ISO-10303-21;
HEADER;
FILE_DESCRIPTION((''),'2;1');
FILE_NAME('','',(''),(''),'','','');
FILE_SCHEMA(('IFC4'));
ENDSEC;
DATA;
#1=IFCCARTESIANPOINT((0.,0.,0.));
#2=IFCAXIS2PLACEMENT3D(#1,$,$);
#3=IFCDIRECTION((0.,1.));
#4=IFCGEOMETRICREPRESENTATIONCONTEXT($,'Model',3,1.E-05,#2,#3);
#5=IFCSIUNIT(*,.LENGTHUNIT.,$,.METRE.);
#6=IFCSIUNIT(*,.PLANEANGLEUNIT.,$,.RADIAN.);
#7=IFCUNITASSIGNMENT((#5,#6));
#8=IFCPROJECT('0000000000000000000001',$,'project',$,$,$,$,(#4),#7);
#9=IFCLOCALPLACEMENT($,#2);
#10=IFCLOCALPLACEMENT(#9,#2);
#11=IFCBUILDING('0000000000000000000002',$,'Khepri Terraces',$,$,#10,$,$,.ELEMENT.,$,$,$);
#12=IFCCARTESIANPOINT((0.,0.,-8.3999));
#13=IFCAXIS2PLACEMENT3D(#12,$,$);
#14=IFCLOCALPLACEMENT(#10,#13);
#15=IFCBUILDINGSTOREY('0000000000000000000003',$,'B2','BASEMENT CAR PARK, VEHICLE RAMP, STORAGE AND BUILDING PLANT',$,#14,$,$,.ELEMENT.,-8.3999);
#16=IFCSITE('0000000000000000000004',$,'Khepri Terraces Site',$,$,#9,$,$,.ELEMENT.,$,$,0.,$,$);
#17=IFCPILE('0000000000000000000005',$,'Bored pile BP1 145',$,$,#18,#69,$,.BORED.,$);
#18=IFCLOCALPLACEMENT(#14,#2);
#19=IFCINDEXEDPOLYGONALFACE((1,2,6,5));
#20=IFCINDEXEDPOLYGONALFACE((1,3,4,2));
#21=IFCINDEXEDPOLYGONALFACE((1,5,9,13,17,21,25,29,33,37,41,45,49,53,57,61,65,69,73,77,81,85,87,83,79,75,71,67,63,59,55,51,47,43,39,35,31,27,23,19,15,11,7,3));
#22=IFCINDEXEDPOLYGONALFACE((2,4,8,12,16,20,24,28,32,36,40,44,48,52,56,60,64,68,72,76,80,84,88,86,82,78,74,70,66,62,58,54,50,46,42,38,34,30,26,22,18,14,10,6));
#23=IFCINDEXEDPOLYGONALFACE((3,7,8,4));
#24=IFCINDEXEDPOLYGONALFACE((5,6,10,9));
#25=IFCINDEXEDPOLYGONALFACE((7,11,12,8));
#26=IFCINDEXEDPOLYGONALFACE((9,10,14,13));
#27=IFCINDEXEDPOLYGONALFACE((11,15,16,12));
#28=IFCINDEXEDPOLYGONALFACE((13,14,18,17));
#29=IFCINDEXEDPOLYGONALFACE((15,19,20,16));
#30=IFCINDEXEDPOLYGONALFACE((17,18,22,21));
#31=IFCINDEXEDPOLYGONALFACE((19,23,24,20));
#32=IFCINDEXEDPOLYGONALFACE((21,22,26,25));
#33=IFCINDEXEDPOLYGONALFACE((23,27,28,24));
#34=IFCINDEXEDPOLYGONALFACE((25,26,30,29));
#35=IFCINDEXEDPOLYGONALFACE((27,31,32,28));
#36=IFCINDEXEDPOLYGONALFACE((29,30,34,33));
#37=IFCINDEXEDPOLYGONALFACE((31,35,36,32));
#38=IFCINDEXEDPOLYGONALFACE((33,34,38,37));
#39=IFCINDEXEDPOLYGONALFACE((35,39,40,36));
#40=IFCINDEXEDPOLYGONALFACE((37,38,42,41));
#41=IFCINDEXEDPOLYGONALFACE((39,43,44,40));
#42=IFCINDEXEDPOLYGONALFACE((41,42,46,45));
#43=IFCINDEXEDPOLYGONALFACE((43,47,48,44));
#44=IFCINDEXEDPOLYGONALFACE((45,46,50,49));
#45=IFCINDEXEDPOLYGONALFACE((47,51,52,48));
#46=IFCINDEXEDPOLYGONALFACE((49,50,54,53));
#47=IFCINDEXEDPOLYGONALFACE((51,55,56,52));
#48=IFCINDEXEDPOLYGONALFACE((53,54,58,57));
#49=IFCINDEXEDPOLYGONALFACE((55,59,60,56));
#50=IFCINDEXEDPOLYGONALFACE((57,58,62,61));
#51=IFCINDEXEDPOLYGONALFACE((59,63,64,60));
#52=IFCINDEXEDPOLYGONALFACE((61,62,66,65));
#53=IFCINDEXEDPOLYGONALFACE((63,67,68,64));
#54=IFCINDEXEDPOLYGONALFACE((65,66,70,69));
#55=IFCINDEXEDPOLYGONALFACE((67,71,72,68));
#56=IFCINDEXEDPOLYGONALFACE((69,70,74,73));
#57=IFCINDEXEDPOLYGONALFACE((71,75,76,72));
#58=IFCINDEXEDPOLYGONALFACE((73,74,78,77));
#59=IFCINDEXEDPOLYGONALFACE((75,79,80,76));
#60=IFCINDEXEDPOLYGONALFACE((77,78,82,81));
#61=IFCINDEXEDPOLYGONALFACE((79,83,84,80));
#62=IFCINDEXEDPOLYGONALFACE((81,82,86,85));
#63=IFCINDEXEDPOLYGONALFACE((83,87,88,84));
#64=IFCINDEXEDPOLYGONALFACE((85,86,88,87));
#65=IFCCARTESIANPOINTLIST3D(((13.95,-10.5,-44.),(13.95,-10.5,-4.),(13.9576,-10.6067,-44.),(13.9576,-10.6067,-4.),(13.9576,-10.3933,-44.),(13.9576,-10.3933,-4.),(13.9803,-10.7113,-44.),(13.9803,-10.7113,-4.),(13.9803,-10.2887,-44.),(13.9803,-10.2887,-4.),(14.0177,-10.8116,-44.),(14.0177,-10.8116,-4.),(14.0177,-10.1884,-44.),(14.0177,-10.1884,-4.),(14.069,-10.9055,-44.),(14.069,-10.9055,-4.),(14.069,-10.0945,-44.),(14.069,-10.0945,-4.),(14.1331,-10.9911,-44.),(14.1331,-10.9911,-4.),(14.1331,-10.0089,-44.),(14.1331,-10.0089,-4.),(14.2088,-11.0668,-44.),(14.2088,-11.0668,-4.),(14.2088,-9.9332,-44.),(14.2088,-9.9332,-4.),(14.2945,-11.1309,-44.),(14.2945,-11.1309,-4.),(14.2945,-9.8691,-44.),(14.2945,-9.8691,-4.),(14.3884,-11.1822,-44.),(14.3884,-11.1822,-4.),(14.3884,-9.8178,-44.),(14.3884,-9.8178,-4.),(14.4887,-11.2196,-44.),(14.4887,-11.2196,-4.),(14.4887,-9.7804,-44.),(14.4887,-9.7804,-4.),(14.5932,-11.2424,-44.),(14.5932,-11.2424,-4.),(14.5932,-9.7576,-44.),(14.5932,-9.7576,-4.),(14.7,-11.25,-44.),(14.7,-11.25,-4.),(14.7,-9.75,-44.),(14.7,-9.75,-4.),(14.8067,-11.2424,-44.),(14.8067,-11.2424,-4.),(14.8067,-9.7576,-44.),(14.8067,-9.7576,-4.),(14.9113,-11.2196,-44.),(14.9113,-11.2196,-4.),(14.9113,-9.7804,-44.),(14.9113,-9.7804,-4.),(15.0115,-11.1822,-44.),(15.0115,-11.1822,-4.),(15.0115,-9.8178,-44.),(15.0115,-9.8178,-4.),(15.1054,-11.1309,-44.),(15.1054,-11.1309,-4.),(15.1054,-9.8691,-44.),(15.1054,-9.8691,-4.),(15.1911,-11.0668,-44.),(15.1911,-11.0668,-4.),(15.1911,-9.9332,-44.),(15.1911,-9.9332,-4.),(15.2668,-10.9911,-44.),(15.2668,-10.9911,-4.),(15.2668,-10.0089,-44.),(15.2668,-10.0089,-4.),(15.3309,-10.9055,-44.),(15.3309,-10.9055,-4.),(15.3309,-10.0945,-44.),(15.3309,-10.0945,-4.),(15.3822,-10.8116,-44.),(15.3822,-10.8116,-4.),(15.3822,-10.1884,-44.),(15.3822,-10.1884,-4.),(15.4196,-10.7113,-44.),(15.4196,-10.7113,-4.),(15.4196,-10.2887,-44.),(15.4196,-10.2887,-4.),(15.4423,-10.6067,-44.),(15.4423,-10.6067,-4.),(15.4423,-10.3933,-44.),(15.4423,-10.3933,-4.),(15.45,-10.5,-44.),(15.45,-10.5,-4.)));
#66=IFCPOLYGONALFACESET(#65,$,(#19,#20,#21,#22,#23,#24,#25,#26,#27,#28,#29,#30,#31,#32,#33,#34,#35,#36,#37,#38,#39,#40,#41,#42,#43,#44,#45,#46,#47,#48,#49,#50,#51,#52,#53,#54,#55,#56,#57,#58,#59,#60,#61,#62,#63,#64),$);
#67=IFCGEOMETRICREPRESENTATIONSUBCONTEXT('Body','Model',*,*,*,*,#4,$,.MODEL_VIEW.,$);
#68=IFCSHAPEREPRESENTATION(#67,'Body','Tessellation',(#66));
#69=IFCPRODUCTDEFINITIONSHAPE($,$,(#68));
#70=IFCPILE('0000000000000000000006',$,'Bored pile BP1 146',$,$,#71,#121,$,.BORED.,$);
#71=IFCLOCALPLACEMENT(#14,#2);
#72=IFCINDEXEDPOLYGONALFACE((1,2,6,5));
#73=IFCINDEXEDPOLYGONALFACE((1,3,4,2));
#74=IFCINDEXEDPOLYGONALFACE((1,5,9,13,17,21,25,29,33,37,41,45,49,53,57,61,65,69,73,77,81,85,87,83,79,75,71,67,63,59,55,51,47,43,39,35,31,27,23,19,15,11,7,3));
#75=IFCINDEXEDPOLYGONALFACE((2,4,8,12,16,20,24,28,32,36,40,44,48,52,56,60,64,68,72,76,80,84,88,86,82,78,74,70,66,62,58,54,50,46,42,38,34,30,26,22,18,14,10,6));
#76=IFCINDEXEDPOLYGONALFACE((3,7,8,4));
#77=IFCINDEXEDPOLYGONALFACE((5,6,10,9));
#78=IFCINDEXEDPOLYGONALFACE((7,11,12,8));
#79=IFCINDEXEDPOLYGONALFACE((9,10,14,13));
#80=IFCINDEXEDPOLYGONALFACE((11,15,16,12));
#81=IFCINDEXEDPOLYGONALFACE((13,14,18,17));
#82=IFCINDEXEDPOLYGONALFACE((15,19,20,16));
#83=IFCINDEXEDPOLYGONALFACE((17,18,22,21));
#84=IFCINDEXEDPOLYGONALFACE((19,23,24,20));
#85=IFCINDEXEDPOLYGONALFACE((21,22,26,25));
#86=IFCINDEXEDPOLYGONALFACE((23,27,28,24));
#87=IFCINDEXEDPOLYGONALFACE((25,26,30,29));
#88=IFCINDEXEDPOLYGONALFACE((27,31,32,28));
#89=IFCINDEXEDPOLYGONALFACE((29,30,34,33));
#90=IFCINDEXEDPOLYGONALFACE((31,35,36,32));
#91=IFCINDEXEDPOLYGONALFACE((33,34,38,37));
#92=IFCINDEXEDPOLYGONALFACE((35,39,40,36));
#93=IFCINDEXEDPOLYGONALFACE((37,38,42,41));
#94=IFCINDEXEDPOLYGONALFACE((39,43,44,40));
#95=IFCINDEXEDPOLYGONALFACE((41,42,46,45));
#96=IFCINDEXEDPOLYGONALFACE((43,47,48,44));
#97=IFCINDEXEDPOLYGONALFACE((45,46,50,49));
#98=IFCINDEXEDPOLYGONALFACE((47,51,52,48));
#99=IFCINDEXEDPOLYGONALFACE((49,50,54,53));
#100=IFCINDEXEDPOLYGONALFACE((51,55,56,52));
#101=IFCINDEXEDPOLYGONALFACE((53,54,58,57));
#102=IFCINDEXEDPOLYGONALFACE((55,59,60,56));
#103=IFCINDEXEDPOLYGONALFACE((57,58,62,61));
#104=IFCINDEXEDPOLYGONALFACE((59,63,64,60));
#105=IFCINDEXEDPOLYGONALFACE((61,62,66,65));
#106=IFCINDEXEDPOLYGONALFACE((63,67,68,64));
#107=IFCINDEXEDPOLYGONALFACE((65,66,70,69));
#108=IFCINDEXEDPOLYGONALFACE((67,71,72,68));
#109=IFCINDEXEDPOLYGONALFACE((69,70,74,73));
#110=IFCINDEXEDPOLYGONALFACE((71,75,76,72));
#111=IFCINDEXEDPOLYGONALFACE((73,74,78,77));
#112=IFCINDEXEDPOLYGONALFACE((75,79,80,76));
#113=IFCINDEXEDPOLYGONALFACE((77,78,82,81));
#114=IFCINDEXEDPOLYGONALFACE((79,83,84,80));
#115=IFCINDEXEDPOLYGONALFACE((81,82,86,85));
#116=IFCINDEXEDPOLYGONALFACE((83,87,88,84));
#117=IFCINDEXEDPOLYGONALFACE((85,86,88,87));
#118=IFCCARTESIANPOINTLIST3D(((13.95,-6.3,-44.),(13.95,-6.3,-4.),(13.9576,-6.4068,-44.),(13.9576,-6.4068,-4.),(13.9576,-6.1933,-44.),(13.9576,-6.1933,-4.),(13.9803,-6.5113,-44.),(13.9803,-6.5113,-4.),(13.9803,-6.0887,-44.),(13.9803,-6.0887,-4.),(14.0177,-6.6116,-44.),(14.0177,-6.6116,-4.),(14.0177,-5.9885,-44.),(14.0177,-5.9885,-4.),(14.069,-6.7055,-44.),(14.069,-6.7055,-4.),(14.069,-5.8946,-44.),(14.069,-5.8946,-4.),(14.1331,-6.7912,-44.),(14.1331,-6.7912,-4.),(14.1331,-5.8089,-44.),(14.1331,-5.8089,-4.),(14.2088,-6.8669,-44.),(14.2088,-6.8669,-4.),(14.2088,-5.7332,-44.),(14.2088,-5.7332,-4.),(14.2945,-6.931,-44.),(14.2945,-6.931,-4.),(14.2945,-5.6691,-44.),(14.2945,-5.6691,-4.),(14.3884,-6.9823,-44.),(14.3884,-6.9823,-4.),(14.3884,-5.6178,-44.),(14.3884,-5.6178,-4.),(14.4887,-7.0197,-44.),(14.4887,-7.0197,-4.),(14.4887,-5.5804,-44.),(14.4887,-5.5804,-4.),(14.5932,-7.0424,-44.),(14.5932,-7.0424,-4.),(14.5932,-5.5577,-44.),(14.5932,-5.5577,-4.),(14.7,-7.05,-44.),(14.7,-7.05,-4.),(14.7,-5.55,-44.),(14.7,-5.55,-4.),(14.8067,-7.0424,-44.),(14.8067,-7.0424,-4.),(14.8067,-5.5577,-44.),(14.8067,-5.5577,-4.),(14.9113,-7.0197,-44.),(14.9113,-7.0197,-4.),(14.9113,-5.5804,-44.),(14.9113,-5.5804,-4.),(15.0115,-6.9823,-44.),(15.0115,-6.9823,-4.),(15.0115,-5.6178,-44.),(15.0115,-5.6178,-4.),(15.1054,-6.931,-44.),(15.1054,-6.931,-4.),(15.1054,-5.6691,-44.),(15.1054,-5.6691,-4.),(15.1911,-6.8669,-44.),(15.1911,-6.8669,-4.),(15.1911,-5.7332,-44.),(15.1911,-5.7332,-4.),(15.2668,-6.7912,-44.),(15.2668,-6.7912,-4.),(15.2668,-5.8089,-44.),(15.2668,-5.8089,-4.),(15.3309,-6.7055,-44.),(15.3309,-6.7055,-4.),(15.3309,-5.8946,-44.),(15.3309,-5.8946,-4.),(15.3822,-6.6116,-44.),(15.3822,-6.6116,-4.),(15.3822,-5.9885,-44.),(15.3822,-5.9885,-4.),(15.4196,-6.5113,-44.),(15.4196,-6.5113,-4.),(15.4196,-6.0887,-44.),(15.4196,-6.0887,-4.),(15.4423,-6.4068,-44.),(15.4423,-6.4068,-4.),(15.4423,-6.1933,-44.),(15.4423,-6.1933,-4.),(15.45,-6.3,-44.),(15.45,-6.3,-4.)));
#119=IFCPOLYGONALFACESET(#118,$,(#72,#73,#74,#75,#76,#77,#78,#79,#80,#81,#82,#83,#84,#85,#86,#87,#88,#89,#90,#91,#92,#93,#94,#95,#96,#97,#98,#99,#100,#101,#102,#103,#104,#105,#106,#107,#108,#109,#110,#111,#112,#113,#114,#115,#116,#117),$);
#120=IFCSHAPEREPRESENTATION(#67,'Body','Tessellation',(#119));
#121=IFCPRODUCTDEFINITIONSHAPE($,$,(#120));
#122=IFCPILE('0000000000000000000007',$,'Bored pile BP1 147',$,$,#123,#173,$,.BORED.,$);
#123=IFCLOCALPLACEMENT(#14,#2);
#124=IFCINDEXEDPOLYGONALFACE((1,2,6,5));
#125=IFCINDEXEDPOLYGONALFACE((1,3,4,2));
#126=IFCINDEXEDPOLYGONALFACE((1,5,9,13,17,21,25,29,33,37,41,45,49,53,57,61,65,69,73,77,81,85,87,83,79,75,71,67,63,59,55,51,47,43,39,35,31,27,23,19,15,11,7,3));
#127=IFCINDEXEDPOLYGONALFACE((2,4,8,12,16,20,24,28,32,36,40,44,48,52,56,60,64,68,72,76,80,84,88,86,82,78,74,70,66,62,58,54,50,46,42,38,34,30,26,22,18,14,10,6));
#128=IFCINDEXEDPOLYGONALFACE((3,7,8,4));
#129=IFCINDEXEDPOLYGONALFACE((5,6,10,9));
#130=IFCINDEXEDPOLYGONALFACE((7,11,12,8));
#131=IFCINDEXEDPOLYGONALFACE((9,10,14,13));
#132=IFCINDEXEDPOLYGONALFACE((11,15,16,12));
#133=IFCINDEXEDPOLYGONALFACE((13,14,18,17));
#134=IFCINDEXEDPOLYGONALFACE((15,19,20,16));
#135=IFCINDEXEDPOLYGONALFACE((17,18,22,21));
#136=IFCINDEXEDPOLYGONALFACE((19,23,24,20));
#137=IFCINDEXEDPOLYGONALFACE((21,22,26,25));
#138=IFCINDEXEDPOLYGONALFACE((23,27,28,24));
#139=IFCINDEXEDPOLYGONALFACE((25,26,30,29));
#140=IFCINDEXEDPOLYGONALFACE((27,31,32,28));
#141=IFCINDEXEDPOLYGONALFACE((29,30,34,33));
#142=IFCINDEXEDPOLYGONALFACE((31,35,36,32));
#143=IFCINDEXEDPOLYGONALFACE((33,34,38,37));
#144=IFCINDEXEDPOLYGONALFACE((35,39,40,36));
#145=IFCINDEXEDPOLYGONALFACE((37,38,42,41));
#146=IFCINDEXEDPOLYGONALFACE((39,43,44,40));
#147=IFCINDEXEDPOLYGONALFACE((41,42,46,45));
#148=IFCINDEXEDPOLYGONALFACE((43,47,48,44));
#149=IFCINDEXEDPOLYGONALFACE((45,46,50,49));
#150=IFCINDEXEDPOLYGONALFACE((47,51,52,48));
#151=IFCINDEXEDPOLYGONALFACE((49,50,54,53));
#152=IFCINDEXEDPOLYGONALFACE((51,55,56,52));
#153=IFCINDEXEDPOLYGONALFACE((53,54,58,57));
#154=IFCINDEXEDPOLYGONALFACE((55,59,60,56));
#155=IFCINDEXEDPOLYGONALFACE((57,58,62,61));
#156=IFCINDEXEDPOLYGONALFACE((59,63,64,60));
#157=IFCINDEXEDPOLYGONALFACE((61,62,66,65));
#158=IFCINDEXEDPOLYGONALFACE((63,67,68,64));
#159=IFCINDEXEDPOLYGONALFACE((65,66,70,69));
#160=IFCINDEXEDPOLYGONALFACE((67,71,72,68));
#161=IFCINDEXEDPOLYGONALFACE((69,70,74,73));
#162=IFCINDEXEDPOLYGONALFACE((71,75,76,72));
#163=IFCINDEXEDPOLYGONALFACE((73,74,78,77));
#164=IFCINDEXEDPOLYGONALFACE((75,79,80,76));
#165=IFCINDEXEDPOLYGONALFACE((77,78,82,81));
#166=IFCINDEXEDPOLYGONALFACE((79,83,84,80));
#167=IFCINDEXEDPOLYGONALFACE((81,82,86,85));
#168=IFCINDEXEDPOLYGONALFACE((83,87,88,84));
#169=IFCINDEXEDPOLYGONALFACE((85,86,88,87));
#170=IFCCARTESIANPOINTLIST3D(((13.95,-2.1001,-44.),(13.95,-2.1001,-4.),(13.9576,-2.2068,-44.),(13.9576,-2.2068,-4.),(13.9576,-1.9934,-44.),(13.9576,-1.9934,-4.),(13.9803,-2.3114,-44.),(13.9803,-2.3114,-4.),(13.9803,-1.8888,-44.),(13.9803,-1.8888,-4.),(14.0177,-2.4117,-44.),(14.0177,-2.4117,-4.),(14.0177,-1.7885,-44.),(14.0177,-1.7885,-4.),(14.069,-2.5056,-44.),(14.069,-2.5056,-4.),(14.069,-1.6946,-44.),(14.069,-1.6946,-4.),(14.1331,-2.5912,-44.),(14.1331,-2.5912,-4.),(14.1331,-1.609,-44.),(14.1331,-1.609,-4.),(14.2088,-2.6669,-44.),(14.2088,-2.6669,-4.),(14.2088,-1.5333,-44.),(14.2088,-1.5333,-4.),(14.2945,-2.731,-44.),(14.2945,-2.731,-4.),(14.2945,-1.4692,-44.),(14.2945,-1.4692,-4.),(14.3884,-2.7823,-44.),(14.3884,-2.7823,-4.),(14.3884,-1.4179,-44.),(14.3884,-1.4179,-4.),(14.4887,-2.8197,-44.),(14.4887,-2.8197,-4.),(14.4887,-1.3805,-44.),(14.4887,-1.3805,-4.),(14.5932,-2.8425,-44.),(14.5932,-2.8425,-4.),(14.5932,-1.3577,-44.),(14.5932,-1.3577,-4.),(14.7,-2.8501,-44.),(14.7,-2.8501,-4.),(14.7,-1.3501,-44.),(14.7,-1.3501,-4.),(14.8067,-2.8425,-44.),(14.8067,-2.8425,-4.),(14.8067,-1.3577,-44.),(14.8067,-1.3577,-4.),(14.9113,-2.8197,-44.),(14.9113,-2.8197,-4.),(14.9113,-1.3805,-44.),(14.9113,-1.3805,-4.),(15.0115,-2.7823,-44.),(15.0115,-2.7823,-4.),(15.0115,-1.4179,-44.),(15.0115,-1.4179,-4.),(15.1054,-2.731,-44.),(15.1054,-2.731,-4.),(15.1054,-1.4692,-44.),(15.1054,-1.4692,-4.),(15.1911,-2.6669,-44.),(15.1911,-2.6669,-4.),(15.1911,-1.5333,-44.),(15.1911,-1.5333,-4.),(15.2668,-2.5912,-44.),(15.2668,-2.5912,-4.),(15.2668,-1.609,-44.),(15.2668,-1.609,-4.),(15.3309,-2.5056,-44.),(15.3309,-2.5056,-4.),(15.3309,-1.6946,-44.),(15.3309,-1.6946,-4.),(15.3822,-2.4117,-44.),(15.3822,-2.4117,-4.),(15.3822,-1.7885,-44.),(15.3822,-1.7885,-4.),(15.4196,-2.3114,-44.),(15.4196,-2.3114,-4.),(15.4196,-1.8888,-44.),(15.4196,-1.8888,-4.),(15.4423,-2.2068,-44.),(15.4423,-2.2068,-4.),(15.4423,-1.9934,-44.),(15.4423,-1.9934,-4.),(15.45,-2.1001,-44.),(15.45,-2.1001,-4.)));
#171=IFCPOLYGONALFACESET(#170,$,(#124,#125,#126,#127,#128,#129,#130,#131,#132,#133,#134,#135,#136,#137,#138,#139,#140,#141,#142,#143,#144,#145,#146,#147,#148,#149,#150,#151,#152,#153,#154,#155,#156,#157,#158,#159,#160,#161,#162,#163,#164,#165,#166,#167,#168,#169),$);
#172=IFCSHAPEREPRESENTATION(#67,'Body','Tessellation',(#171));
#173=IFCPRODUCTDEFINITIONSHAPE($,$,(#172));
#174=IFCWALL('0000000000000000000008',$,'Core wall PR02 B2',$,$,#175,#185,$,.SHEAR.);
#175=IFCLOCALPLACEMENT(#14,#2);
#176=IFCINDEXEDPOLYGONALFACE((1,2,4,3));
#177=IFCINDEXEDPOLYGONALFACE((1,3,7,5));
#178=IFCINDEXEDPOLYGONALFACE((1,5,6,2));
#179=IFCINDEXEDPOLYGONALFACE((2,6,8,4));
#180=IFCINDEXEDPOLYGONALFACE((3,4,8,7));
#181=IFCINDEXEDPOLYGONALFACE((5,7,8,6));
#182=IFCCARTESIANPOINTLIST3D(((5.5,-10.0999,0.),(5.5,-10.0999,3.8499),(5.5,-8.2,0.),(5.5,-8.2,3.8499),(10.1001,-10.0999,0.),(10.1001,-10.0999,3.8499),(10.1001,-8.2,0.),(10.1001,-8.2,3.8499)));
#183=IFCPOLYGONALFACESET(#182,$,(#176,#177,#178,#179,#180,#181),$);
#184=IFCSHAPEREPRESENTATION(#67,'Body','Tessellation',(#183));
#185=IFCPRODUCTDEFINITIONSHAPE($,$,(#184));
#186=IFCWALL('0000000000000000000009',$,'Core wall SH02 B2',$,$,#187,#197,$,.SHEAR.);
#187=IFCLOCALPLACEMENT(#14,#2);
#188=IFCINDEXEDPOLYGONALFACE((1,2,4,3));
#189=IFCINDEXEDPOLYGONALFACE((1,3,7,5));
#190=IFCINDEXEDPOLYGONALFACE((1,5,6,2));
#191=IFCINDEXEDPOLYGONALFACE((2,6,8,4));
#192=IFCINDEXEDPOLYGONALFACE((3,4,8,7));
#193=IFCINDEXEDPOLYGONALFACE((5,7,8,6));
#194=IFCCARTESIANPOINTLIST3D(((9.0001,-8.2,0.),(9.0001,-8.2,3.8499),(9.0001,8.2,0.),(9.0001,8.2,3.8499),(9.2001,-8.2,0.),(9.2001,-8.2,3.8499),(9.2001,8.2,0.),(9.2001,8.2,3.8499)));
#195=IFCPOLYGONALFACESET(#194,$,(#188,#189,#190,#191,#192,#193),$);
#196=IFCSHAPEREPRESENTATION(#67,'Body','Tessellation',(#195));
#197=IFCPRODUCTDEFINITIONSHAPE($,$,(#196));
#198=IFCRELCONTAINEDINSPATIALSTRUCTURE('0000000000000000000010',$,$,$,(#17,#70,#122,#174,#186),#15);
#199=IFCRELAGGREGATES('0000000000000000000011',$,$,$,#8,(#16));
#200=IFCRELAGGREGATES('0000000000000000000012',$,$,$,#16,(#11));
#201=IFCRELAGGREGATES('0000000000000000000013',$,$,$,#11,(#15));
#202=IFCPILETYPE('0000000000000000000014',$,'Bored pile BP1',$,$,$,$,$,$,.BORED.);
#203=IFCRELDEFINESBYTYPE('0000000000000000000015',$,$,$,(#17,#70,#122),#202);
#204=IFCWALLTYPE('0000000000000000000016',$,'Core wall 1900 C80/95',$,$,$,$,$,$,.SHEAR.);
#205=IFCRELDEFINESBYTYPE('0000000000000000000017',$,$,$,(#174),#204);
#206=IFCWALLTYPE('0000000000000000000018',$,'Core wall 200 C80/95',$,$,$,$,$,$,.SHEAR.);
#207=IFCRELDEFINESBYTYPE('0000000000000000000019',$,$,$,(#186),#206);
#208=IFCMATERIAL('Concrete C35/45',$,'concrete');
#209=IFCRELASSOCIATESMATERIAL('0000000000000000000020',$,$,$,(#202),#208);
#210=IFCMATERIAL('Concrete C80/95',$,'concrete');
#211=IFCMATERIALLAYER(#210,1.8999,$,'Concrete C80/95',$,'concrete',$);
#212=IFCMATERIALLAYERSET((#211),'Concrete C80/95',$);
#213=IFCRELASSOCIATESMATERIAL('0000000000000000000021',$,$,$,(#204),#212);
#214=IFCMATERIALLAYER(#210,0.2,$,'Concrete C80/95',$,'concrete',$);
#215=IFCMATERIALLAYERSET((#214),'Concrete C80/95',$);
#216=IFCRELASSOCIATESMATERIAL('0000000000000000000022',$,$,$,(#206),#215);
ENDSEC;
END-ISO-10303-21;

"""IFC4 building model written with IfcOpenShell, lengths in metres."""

from ifc_helpers import new_model, si_unit, direction, frame, frame_2d, origin, origin_2d, place, context, subcontext, project, spatial, rectangle, circle, extrude, material, layer, layer_set, material_profile, profile_set, type_object, element, save


model = new_model("IFC4")

# Units and contexts
model_context = context("Model", 3, precision=1e-05, world=origin(), true_north=direction((0.0, 1.0)))
body_context = subcontext(model_context, "Body", "Model", "MODEL_VIEW")
ifc_project = project(units=[si_unit("LENGTHUNIT", "METRE"), si_unit("PLANEANGLEUNIT", "RADIAN")], contexts=[model_context])

# Site, building, storey
site_placement = place(None, origin())
site = spatial("IfcSite", under=ifc_project, at=site_placement, Name="Khepri Terraces Site", CompositionType="ELEMENT", RefElevation=0.0)
building_placement = place(site_placement, origin())
building = spatial("IfcBuilding", under=site, at=building_placement, Name="Khepri Terraces", CompositionType="ELEMENT")
storey_placement = place(building_placement, frame((0.0, 0.0, -8.3999)))
storey = spatial("IfcBuildingStorey", under=building, at=storey_placement, Name="B2", Description="BASEMENT CAR PARK, VEHICLE RAMP, STORAGE AND BUILDING PLANT", CompositionType="ELEMENT", Elevation=-8.3999)

# Piles
ifc_material_1 = material(Name="Concrete C35/45", Category="concrete")
ifc_material_profile = material_profile(ifc_material_1, circle(Radius=0.75, at=origin_2d()), Name="Concrete C35/45", Category="concrete")
ifc_profile_set = profile_set([ifc_material_profile], Name="Concrete C35/45")
pile_type = type_object("IfcPileType", Name="Bored pile BP1", PredefinedType="BORED", material=ifc_profile_set)
for number, where, z_axis, x_axis, name in (
    (1, (14.7, -10.5, -4.0), (0.0, 0.0, -1.0), (1.0, 0.0, 0.0), "Bored pile BP1 145"),
    (2, (14.7, -6.3, -4.0), (0.0, 0.0, -1.0), (1.0, 0.0, 0.0), "Bored pile BP1 146"),
    (3, (14.7, -2.1001, -4.0), (0.0, 0.0, -1.0), (1.0, 0.0, 0.0), "Bored pile BP1 147"),
):
    element("IfcPile", number, at=place(storey_placement, frame(where, z_axis=z_axis, x_axis=x_axis)), inside=storey, type_object=pile_type, Name=name, PredefinedType="BORED", context=body_context, shape_type="SweptSolid", body=[
        extrude(circle(Radius=0.75, at=origin_2d()), origin(), (0.0, 0.0, 1.0), 40.0),
    ])

# Walls
ifc_material_2 = material(Name="Concrete C80/95", Category="concrete")
ifc_layer_1 = layer(ifc_material_2, 1.8999, Name="Concrete C80/95", Category="concrete")
ifc_layer_set_1 = layer_set([ifc_layer_1], Name="Concrete C80/95")
wall_type_1 = type_object("IfcWallType", Name="Core wall 1900 C80/95", PredefinedType="SHEAR", material=ifc_layer_set_1)
wall_1_placement = place(storey_placement, frame((5.5, -9.1499, 0.0), z_axis=(0.0, 0.0, 1.0), x_axis=(1.0, 0.0, 0.0)))
element("IfcWall", 4, at=wall_1_placement, inside=storey, type_object=wall_type_1, Name="Core wall PR02 B2", PredefinedType="SHEAR", context=body_context, shape_type="SweptSolid", body=[
    extrude(rectangle(XDim=4.6001, YDim=1.8999, at=frame_2d((2.3, 0.0))), origin(), (0.0, 0.0, 1.0), 3.8499),
])
ifc_layer_2 = layer(ifc_material_2, 0.2, Name="Concrete C80/95", Category="concrete")
ifc_layer_set_2 = layer_set([ifc_layer_2], Name="Concrete C80/95")
wall_type_2 = type_object("IfcWallType", Name="Core wall 200 C80/95", PredefinedType="SHEAR", material=ifc_layer_set_2)
wall_2_placement = place(storey_placement, frame((9.1001, -8.2, 0.0), z_axis=(0.0, 0.0, 1.0), x_axis=(0.0, 1.0, 0.0)))
element("IfcWall", 5, at=wall_2_placement, inside=storey, type_object=wall_type_2, Name="Core wall SH02 B2", PredefinedType="SHEAR", context=body_context, shape_type="SweptSolid", body=[
    extrude(rectangle(XDim=16.3999, YDim=0.2, at=frame_2d((8.2, 0.0))), origin(), (0.0, 0.0, 1.0), 3.8499),
])

save(model, "model.ifc")
